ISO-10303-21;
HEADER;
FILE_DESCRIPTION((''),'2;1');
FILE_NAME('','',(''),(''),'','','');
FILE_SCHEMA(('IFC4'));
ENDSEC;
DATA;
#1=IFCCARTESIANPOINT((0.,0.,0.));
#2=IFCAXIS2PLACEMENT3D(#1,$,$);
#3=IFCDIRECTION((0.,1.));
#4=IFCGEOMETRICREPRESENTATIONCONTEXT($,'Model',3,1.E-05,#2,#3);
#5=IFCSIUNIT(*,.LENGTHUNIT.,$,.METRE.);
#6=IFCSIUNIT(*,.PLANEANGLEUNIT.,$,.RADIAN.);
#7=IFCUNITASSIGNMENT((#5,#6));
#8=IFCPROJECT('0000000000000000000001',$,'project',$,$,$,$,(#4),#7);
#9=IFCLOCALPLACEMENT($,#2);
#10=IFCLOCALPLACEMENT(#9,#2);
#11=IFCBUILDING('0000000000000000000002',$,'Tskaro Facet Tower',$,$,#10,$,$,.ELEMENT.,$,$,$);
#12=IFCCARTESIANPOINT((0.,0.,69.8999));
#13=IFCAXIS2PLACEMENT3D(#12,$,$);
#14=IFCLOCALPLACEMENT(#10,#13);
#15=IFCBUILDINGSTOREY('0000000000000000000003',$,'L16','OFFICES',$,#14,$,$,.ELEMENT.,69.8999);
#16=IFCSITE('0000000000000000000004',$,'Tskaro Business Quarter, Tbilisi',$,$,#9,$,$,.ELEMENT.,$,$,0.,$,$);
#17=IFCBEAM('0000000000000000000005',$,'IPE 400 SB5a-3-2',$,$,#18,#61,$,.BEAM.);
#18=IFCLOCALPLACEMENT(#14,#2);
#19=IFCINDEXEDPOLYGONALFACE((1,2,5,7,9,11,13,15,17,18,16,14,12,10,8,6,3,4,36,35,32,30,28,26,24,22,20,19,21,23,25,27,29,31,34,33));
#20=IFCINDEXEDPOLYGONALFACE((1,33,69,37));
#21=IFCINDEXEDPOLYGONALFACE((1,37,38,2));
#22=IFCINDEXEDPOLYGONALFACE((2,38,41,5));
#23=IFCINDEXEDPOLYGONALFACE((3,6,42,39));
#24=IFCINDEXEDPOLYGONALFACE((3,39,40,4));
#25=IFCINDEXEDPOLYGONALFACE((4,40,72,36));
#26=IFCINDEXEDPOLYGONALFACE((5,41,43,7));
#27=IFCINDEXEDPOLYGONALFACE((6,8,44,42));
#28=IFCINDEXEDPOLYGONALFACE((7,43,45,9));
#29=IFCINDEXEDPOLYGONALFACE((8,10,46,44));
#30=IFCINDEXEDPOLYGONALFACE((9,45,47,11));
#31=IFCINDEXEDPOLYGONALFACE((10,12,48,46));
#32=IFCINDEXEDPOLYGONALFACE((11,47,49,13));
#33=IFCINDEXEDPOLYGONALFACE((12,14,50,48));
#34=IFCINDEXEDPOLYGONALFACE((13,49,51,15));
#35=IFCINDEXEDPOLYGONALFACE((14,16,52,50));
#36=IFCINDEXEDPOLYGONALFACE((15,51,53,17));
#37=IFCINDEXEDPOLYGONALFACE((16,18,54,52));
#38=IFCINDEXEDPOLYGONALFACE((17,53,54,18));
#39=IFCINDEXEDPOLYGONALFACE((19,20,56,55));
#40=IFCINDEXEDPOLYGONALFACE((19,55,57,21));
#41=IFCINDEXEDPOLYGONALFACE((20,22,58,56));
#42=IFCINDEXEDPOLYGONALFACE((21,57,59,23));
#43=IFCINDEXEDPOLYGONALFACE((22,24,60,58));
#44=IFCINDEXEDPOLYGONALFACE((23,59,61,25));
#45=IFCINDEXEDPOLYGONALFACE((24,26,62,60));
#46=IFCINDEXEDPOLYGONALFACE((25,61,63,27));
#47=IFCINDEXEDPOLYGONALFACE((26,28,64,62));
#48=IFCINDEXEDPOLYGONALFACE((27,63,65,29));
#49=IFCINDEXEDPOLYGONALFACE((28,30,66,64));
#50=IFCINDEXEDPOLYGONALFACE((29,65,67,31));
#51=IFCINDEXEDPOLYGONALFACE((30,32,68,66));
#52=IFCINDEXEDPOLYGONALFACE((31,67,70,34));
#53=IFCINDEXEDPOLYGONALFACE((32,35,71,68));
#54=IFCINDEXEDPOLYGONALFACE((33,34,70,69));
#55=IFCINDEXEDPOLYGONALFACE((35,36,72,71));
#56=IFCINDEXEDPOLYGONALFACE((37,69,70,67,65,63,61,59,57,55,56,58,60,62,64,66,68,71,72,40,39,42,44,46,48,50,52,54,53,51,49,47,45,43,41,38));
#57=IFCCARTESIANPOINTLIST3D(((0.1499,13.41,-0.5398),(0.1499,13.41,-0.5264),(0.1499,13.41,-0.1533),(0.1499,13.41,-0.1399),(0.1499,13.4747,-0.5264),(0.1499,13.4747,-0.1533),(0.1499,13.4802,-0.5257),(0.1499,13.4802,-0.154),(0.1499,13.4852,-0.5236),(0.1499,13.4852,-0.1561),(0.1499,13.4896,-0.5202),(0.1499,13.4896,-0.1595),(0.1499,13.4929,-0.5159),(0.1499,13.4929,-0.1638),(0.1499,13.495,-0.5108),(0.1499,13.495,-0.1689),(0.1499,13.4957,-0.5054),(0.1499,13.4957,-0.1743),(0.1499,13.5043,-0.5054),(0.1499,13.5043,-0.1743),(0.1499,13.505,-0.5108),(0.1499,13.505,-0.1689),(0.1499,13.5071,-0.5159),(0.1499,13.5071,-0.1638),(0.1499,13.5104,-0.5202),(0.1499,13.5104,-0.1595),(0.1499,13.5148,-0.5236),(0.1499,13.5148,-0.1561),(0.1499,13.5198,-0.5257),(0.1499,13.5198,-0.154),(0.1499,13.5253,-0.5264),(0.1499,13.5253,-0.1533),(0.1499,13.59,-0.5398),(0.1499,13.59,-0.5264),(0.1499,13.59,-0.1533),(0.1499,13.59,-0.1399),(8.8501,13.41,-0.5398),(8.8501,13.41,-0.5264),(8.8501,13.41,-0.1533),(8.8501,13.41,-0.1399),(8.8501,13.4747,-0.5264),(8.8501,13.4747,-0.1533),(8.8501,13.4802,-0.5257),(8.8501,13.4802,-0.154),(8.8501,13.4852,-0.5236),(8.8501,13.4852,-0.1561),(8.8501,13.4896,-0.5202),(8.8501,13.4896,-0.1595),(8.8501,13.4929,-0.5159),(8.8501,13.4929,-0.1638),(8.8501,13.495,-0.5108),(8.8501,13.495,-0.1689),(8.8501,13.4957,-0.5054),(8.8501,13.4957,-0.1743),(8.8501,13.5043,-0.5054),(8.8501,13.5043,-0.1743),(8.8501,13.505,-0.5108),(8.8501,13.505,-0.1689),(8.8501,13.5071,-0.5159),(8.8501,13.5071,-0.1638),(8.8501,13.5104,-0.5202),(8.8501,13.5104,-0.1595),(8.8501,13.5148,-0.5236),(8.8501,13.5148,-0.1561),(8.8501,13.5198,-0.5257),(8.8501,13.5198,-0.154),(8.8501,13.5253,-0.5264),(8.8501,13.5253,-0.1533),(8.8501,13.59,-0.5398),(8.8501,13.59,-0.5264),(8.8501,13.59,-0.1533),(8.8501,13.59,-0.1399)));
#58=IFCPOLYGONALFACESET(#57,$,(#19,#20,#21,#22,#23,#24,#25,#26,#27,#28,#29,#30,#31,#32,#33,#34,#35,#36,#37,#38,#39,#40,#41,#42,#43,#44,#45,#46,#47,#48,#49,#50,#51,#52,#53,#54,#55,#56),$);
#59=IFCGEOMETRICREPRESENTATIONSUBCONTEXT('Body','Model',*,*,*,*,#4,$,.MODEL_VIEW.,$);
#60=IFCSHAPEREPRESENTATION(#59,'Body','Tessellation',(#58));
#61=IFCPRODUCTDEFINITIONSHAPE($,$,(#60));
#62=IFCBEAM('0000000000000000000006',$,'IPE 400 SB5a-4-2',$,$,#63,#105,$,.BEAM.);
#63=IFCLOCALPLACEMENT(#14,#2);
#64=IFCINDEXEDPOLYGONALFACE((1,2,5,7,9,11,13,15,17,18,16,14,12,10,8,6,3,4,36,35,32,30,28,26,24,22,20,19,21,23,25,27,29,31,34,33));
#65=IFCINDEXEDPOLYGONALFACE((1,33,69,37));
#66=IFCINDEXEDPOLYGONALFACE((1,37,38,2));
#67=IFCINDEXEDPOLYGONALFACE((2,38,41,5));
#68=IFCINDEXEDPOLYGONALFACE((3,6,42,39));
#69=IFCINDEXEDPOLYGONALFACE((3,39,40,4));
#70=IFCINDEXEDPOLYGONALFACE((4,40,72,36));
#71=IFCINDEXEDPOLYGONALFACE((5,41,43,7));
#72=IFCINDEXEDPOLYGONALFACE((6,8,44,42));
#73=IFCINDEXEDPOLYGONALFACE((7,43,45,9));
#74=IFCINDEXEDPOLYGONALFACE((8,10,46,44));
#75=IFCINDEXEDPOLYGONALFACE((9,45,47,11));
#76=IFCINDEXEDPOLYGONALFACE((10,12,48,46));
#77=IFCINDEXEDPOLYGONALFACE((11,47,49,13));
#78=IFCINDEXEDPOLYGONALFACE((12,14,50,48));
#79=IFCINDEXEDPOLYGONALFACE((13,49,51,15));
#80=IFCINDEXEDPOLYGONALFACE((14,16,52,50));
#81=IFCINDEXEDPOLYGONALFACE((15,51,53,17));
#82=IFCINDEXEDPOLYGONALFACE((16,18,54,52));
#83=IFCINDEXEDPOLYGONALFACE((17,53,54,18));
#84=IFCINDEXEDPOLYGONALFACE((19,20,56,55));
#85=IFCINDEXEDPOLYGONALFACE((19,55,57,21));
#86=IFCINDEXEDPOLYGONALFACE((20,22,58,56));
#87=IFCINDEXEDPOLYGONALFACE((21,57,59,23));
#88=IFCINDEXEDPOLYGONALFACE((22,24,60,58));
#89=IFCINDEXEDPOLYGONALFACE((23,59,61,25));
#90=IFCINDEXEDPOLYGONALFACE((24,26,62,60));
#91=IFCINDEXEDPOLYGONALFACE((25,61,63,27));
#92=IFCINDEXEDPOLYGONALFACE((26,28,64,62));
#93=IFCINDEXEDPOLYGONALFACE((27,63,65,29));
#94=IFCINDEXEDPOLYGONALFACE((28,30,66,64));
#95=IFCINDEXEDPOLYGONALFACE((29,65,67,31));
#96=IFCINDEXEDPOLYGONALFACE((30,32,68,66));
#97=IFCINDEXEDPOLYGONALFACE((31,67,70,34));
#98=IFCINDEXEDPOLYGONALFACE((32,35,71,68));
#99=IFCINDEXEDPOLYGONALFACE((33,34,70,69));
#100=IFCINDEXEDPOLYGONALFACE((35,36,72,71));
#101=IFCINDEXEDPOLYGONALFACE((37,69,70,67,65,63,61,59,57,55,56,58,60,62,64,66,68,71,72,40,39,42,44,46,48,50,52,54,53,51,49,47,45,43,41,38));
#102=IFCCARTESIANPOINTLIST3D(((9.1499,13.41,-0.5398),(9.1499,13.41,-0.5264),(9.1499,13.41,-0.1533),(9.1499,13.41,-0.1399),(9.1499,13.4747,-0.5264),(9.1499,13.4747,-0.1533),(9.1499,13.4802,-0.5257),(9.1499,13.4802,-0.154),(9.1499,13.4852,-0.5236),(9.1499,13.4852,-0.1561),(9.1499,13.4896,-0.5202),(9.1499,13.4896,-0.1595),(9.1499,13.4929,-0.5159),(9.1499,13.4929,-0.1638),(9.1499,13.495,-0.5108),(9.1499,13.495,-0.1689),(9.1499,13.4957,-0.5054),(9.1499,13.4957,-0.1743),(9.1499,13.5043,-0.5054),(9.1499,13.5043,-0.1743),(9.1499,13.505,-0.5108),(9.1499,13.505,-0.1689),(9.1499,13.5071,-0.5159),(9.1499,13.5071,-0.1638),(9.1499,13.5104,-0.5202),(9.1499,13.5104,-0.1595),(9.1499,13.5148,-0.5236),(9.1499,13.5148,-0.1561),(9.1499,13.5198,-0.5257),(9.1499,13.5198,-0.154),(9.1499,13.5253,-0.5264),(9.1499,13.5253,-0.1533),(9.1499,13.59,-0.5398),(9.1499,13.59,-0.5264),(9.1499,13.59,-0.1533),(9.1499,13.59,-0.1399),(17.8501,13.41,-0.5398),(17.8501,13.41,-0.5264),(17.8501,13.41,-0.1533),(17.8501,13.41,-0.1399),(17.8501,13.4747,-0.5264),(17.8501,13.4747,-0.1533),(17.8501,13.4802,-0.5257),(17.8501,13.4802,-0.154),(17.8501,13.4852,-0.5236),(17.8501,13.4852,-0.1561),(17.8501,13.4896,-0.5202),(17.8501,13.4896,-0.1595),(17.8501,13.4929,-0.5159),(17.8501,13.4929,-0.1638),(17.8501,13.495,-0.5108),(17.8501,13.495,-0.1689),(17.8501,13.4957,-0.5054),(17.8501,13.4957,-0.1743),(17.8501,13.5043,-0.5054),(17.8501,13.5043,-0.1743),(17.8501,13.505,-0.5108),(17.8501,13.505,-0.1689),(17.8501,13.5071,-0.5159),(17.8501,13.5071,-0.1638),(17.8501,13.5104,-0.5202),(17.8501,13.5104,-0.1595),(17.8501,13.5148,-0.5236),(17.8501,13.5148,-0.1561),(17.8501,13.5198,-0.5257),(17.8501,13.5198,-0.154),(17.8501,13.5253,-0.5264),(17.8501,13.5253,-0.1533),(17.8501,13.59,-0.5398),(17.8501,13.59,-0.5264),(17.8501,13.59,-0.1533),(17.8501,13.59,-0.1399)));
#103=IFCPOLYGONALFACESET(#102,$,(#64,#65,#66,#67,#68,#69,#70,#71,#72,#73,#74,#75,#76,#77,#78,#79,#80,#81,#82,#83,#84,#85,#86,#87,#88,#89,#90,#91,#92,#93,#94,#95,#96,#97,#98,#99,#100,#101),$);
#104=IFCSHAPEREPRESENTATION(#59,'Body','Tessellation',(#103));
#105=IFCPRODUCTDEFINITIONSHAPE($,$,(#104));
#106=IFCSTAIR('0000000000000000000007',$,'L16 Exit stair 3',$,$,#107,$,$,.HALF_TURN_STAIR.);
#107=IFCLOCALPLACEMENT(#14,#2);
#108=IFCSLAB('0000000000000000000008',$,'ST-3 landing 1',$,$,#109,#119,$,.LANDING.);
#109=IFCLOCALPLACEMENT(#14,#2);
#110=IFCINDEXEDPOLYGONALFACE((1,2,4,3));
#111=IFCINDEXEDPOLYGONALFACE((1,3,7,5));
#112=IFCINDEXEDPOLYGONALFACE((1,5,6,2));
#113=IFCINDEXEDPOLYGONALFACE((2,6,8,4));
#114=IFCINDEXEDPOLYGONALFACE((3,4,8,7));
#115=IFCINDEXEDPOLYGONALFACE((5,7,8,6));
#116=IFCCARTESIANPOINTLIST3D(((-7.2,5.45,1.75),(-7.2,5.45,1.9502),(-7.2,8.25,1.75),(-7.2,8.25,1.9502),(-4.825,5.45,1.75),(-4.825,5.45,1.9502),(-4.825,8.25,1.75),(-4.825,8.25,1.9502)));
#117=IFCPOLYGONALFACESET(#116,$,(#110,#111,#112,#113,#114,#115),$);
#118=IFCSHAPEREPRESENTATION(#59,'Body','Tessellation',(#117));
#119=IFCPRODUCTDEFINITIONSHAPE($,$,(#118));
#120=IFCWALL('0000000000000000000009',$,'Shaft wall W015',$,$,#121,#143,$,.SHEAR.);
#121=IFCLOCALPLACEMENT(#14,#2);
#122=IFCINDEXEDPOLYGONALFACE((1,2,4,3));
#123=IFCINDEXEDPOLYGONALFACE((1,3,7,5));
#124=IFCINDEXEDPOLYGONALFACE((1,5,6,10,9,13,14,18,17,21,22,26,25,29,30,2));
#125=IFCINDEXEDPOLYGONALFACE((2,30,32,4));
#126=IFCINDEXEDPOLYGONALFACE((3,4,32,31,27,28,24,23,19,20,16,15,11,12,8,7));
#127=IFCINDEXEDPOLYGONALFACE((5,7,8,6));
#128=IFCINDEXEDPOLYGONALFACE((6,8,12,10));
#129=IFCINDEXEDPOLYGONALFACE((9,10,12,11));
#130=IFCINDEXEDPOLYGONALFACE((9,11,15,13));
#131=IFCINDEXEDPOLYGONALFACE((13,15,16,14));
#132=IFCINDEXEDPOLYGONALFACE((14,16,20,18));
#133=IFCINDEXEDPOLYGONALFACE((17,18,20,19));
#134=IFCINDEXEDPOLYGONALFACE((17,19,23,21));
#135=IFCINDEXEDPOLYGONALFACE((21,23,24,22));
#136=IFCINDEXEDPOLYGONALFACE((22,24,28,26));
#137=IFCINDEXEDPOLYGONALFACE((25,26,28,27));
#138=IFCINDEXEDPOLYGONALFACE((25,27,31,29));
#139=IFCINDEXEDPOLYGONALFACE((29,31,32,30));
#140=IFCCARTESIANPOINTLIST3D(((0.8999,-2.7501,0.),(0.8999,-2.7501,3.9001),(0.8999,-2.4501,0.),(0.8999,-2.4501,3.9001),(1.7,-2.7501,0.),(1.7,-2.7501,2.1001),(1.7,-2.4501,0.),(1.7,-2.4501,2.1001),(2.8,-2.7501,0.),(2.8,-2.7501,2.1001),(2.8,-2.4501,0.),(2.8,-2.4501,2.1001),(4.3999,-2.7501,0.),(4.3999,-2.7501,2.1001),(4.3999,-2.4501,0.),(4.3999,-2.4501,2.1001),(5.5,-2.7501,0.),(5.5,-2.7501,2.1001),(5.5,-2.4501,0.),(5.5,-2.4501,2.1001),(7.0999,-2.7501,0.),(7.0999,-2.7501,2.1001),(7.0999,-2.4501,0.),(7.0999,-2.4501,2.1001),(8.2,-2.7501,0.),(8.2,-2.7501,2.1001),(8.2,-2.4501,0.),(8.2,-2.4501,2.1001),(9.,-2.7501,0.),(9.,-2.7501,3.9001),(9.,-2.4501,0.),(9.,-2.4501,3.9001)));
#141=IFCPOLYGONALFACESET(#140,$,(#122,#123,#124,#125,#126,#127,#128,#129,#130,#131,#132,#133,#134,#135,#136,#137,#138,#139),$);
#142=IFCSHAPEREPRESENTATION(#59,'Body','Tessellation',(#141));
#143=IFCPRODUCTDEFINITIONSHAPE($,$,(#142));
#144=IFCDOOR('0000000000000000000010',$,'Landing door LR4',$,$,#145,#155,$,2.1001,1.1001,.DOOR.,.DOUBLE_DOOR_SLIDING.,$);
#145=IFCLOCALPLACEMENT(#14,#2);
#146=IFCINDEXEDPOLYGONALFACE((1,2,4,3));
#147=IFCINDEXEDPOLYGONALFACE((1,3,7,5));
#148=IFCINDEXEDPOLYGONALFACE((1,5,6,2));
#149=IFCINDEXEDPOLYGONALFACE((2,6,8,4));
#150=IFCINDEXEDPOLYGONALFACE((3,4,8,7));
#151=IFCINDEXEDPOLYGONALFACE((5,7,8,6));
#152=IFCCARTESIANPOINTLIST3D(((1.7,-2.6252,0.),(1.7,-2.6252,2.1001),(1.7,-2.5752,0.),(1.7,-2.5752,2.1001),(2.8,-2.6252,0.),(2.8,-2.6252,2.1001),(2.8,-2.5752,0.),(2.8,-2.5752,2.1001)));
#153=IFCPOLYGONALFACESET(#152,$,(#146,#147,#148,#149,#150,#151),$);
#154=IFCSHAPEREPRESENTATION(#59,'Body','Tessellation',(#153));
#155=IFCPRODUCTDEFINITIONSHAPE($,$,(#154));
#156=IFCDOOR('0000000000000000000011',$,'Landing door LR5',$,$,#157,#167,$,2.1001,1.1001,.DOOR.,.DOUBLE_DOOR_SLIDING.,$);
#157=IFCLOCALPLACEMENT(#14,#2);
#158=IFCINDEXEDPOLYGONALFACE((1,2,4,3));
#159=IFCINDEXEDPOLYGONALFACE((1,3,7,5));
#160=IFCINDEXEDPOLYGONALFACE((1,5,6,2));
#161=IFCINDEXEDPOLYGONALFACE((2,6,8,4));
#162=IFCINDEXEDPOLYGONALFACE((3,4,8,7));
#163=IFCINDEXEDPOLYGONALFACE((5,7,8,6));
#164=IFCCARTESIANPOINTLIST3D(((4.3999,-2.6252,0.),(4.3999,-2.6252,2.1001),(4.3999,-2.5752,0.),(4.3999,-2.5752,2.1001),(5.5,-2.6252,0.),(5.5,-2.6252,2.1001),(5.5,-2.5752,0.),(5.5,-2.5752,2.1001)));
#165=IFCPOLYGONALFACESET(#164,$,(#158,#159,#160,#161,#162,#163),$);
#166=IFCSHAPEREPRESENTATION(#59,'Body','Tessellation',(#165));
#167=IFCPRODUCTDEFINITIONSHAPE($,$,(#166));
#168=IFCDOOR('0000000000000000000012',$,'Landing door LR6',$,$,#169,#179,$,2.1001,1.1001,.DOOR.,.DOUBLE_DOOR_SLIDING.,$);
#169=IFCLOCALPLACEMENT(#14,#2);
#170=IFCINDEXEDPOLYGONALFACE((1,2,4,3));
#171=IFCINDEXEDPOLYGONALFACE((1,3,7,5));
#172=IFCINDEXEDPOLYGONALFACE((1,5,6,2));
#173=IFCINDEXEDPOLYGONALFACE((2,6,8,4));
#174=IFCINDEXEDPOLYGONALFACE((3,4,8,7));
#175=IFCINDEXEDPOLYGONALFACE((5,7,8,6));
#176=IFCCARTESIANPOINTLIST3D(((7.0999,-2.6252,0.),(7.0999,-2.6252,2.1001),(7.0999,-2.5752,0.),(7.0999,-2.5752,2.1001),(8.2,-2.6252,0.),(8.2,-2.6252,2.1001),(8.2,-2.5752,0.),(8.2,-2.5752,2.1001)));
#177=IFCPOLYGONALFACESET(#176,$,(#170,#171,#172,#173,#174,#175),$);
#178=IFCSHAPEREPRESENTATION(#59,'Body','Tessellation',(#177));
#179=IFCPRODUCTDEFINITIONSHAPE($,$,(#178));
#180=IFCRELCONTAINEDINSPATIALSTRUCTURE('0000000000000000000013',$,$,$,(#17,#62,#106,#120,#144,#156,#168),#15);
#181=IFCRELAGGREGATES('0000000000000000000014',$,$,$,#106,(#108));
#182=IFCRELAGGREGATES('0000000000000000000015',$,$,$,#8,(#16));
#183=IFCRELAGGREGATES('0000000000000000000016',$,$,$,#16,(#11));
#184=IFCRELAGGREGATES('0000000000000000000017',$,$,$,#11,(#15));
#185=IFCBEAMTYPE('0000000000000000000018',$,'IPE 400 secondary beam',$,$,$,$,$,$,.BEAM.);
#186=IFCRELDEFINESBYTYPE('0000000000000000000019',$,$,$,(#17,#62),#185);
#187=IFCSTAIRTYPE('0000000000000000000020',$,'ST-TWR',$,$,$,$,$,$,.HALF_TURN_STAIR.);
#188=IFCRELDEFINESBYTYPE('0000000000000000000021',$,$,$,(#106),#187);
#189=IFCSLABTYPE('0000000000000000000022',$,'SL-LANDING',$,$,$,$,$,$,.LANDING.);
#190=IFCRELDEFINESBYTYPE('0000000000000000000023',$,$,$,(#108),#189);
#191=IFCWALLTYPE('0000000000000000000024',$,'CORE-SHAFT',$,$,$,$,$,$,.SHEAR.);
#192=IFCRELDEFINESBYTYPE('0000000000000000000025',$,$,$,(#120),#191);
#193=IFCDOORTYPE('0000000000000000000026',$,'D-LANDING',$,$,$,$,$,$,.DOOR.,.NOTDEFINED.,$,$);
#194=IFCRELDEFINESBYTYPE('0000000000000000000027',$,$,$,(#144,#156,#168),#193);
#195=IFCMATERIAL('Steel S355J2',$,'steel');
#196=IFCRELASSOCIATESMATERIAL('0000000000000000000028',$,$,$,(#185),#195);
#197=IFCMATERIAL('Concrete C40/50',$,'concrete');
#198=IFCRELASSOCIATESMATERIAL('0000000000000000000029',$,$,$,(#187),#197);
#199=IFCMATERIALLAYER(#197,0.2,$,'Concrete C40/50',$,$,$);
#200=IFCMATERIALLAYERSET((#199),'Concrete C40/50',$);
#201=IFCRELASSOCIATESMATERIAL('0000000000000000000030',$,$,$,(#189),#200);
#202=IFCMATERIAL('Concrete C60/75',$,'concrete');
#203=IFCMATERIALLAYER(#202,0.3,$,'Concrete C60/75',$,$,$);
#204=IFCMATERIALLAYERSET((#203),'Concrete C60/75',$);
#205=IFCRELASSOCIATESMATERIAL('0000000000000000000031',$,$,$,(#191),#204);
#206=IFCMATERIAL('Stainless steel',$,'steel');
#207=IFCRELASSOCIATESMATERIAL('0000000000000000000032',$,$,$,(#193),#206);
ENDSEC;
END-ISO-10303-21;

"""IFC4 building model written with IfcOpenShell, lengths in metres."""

from ifc_helpers import new_model, si_unit, direction, frame, frame_2d, origin, origin_2d, place, context, subcontext, project, spatial, polyline, rectangle, i_section, outline, extrude, material, layer, layer_set, material_profile, profile_set, type_object, element, fill, aggregate, save


model = new_model("IFC4")

# Units and contexts
model_context = context("Model", 3, precision=1e-05, world=origin(), true_north=direction((0.0, 1.0)))
body_context = subcontext(model_context, "Body", "Model", "MODEL_VIEW")
ifc_project = project(units=[si_unit("LENGTHUNIT", "METRE"), si_unit("PLANEANGLEUNIT", "RADIAN")], contexts=[model_context])

# Site, building, storey
site_placement = place(None, origin())
site = spatial("IfcSite", under=ifc_project, at=site_placement, Name="Tskaro Business Quarter, Tbilisi", CompositionType="ELEMENT", RefElevation=0.0)
building_placement = place(site_placement, origin())
building = spatial("IfcBuilding", under=site, at=building_placement, Name="Tskaro Facet Tower", CompositionType="ELEMENT")
storey_placement = place(building_placement, frame((0.0, 0.0, 69.8999)))
storey = spatial("IfcBuildingStorey", under=building, at=storey_placement, Name="L16", Description="OFFICES", CompositionType="ELEMENT", Elevation=69.8999)

# Beams
ifc_material_1 = material(Name="Steel S355J2", Category="steel")
ifc_material_profile_1 = material_profile(ifc_material_1, i_section(OverallWidth=0.1799, OverallDepth=0.3999, WebThickness=0.0085, FlangeThickness=0.0134, FilletRadius=0.021, at=origin_2d()), Name="IPE 400")
ifc_profile_set_1 = profile_set([ifc_material_profile_1], Name="Steel S355J2")
beam_type_1 = type_object("IfcBeamType", Name="IPE 400 secondary beam", PredefinedType="BEAM", material=ifc_profile_set_1)
for number, where, z_axis, x_axis, name in (
    (1, (0.1499, 13.5, -0.3398), (1.0, 0.0, 0.0), (0.0, 1.0, 0.0), "IPE 400 SB5a-3-2"),
    (2, (9.1499, 13.5, -0.3398), (1.0, 0.0, 0.0), (0.0, 1.0, 0.0), "IPE 400 SB5a-4-2"),
):
    element("IfcBeam", number, at=place(storey_placement, frame(where, z_axis=z_axis, x_axis=x_axis)), inside=storey, type_object=beam_type_1, Name=name, PredefinedType="BEAM", context=body_context, shape_type="SweptSolid", body=[
        extrude(i_section(OverallWidth=0.1799, OverallDepth=0.3999, WebThickness=0.0085, FlangeThickness=0.0134, FilletRadius=0.021, at=origin_2d()), origin(), (0.0, 0.0, 1.0), 8.7002),
    ])

# Stair, slab
ifc_material_2 = material(Name="Concrete C40/50", Category="concrete")
stair_type = type_object("IfcStairType", Name="ST-TWR", PredefinedType="HALF_TURN_STAIR", material=ifc_material_2)
stair_placement = place(storey_placement, origin())
stair = element("IfcStair", 3, at=stair_placement, inside=storey, type_object=stair_type, Name="L16 Exit stair 3", PredefinedType="HALF_TURN_STAIR")
ifc_layer_1 = layer(ifc_material_2, 0.2, Name="Concrete C40/50")
ifc_layer_set_1 = layer_set([ifc_layer_1], Name="Concrete C40/50")
slab_type = type_object("IfcSlabType", Name="SL-LANDING", PredefinedType="LANDING", material=ifc_layer_set_1)
slab_placement = place(storey_placement, frame((0.0, 0.0, 1.75)))
slab = element("IfcSlab", 4, at=slab_placement, type_object=slab_type, Name="ST-3 landing 1", PredefinedType="LANDING", context=body_context, shape_type="SweptSolid", body=[
    extrude(outline(polyline([(-7.2, 5.45), (-4.825, 5.45), (-4.825, 8.25), (-7.2, 8.25), (-7.2, 5.45)])), origin(), (0.0, 0.0, 1.0), 0.2002),
])
aggregate(stair, [slab])

# Wall, openings, doors
ifc_material_3 = material(Name="Concrete C60/75", Category="concrete")
ifc_layer_2 = layer(ifc_material_3, 0.3, Name="Concrete C60/75")
ifc_layer_set_2 = layer_set([ifc_layer_2], Name="Concrete C60/75")
wall_type_1 = type_object("IfcWallType", Name="CORE-SHAFT", PredefinedType="SHEAR", material=ifc_layer_set_2)
wall_1_placement = place(storey_placement, frame((0.8999, -2.6001, 0.0), z_axis=(0.0, 0.0, 1.0), x_axis=(1.0, 0.0, 0.0)))
wall_1 = element("IfcWall", 5, at=wall_1_placement, inside=storey, type_object=wall_type_1, Name="Shaft wall W015", PredefinedType="SHEAR", context=body_context, shape_type="SweptSolid", body=[
    extrude(rectangle(XDim=8.1001, YDim=0.3, at=frame_2d((4.05, 0.0))), origin(), (0.0, 0.0, 1.0), 3.9001),
])
opening_1_placement = place(wall_1_placement, frame((0.8, 0.0, 0.0)))
opening_1 = element("IfcOpeningElement", 6, at=opening_1_placement, cuts=wall_1, PredefinedType="OPENING", context=body_context, shape_type="SweptSolid", body=[
    extrude(rectangle(XDim=1.1001, YDim=2.1001, at=frame_2d((0.55, 1.05))), frame((0.0, 0.1599, 0.0), z_axis=(0.0, -1.0, 0.0), x_axis=(1.0, 0.0, 0.0)), (0.0, 0.0, 1.0), 0.3201),
])
opening_2_placement = place(wall_1_placement, frame((3.5, 0.0, 0.0)))
opening_2 = element("IfcOpeningElement", 7, at=opening_2_placement, cuts=wall_1, PredefinedType="OPENING", context=body_context, shape_type="SweptSolid", body=[
    extrude(rectangle(XDim=1.1001, YDim=2.1001, at=frame_2d((0.55, 1.05))), frame((0.0, 0.1599, 0.0), z_axis=(0.0, -1.0, 0.0), x_axis=(1.0, 0.0, 0.0)), (0.0, 0.0, 1.0), 0.3201),
])
opening_3_placement = place(wall_1_placement, frame((6.2, 0.0, 0.0)))
opening_3 = element("IfcOpeningElement", 8, at=opening_3_placement, cuts=wall_1, PredefinedType="OPENING", context=body_context, shape_type="SweptSolid", body=[
    extrude(rectangle(XDim=1.1001, YDim=2.1001, at=frame_2d((0.55, 1.05))), frame((0.0, 0.1599, 0.0), z_axis=(0.0, -1.0, 0.0), x_axis=(1.0, 0.0, 0.0)), (0.0, 0.0, 1.0), 0.3201),
])
ifc_material_4 = material(Name="Stainless steel", Category="steel")
door_type_1 = type_object("IfcDoorType", Name="D-LANDING", OperationType="NOTDEFINED", PredefinedType="DOOR", material=ifc_material_4)
door_1_placement = place(opening_1_placement, origin())
door_1 = element("IfcDoor", 9, at=door_1_placement, inside=storey, type_object=door_type_1, Name="Landing door LR4", OperationType="DOUBLE_DOOR_SLIDING", OverallHeight=2.1001, OverallWidth=1.1001, PredefinedType="DOOR", context=body_context, shape_type="SweptSolid", body=[
    extrude(rectangle(XDim=1.1001, YDim=2.1001, at=frame_2d((0.55, 1.05))), frame((0.0, 0.0249, 0.0), z_axis=(0.0, -1.0, 0.0), x_axis=(1.0, 0.0, 0.0)), (0.0, 0.0, 1.0), 0.05),
])
fill(opening_1, door_1)
door_2_placement = place(opening_2_placement, origin())
door_2 = element("IfcDoor", 10, at=door_2_placement, inside=storey, type_object=door_type_1, Name="Landing door LR5", OperationType="DOUBLE_DOOR_SLIDING", OverallHeight=2.1001, OverallWidth=1.1001, PredefinedType="DOOR", context=body_context, shape_type="SweptSolid", body=[
    extrude(rectangle(XDim=1.1001, YDim=2.1001, at=frame_2d((0.55, 1.05))), frame((0.0, 0.0249, 0.0), z_axis=(0.0, -1.0, 0.0), x_axis=(1.0, 0.0, 0.0)), (0.0, 0.0, 1.0), 0.05),
])
fill(opening_2, door_2)
door_3_placement = place(opening_3_placement, origin())
door_3 = element("IfcDoor", 11, at=door_3_placement, inside=storey, type_object=door_type_1, Name="Landing door LR6", OperationType="DOUBLE_DOOR_SLIDING", OverallHeight=2.1001, OverallWidth=1.1001, PredefinedType="DOOR", context=body_context, shape_type="SweptSolid", body=[
    extrude(rectangle(XDim=1.1001, YDim=2.1001, at=frame_2d((0.55, 1.05))), frame((0.0, 0.0249, 0.0), z_axis=(0.0, -1.0, 0.0), x_axis=(1.0, 0.0, 0.0)), (0.0, 0.0, 1.0), 0.05),
])
fill(opening_3, door_3)

save(model, "model.ifc")
